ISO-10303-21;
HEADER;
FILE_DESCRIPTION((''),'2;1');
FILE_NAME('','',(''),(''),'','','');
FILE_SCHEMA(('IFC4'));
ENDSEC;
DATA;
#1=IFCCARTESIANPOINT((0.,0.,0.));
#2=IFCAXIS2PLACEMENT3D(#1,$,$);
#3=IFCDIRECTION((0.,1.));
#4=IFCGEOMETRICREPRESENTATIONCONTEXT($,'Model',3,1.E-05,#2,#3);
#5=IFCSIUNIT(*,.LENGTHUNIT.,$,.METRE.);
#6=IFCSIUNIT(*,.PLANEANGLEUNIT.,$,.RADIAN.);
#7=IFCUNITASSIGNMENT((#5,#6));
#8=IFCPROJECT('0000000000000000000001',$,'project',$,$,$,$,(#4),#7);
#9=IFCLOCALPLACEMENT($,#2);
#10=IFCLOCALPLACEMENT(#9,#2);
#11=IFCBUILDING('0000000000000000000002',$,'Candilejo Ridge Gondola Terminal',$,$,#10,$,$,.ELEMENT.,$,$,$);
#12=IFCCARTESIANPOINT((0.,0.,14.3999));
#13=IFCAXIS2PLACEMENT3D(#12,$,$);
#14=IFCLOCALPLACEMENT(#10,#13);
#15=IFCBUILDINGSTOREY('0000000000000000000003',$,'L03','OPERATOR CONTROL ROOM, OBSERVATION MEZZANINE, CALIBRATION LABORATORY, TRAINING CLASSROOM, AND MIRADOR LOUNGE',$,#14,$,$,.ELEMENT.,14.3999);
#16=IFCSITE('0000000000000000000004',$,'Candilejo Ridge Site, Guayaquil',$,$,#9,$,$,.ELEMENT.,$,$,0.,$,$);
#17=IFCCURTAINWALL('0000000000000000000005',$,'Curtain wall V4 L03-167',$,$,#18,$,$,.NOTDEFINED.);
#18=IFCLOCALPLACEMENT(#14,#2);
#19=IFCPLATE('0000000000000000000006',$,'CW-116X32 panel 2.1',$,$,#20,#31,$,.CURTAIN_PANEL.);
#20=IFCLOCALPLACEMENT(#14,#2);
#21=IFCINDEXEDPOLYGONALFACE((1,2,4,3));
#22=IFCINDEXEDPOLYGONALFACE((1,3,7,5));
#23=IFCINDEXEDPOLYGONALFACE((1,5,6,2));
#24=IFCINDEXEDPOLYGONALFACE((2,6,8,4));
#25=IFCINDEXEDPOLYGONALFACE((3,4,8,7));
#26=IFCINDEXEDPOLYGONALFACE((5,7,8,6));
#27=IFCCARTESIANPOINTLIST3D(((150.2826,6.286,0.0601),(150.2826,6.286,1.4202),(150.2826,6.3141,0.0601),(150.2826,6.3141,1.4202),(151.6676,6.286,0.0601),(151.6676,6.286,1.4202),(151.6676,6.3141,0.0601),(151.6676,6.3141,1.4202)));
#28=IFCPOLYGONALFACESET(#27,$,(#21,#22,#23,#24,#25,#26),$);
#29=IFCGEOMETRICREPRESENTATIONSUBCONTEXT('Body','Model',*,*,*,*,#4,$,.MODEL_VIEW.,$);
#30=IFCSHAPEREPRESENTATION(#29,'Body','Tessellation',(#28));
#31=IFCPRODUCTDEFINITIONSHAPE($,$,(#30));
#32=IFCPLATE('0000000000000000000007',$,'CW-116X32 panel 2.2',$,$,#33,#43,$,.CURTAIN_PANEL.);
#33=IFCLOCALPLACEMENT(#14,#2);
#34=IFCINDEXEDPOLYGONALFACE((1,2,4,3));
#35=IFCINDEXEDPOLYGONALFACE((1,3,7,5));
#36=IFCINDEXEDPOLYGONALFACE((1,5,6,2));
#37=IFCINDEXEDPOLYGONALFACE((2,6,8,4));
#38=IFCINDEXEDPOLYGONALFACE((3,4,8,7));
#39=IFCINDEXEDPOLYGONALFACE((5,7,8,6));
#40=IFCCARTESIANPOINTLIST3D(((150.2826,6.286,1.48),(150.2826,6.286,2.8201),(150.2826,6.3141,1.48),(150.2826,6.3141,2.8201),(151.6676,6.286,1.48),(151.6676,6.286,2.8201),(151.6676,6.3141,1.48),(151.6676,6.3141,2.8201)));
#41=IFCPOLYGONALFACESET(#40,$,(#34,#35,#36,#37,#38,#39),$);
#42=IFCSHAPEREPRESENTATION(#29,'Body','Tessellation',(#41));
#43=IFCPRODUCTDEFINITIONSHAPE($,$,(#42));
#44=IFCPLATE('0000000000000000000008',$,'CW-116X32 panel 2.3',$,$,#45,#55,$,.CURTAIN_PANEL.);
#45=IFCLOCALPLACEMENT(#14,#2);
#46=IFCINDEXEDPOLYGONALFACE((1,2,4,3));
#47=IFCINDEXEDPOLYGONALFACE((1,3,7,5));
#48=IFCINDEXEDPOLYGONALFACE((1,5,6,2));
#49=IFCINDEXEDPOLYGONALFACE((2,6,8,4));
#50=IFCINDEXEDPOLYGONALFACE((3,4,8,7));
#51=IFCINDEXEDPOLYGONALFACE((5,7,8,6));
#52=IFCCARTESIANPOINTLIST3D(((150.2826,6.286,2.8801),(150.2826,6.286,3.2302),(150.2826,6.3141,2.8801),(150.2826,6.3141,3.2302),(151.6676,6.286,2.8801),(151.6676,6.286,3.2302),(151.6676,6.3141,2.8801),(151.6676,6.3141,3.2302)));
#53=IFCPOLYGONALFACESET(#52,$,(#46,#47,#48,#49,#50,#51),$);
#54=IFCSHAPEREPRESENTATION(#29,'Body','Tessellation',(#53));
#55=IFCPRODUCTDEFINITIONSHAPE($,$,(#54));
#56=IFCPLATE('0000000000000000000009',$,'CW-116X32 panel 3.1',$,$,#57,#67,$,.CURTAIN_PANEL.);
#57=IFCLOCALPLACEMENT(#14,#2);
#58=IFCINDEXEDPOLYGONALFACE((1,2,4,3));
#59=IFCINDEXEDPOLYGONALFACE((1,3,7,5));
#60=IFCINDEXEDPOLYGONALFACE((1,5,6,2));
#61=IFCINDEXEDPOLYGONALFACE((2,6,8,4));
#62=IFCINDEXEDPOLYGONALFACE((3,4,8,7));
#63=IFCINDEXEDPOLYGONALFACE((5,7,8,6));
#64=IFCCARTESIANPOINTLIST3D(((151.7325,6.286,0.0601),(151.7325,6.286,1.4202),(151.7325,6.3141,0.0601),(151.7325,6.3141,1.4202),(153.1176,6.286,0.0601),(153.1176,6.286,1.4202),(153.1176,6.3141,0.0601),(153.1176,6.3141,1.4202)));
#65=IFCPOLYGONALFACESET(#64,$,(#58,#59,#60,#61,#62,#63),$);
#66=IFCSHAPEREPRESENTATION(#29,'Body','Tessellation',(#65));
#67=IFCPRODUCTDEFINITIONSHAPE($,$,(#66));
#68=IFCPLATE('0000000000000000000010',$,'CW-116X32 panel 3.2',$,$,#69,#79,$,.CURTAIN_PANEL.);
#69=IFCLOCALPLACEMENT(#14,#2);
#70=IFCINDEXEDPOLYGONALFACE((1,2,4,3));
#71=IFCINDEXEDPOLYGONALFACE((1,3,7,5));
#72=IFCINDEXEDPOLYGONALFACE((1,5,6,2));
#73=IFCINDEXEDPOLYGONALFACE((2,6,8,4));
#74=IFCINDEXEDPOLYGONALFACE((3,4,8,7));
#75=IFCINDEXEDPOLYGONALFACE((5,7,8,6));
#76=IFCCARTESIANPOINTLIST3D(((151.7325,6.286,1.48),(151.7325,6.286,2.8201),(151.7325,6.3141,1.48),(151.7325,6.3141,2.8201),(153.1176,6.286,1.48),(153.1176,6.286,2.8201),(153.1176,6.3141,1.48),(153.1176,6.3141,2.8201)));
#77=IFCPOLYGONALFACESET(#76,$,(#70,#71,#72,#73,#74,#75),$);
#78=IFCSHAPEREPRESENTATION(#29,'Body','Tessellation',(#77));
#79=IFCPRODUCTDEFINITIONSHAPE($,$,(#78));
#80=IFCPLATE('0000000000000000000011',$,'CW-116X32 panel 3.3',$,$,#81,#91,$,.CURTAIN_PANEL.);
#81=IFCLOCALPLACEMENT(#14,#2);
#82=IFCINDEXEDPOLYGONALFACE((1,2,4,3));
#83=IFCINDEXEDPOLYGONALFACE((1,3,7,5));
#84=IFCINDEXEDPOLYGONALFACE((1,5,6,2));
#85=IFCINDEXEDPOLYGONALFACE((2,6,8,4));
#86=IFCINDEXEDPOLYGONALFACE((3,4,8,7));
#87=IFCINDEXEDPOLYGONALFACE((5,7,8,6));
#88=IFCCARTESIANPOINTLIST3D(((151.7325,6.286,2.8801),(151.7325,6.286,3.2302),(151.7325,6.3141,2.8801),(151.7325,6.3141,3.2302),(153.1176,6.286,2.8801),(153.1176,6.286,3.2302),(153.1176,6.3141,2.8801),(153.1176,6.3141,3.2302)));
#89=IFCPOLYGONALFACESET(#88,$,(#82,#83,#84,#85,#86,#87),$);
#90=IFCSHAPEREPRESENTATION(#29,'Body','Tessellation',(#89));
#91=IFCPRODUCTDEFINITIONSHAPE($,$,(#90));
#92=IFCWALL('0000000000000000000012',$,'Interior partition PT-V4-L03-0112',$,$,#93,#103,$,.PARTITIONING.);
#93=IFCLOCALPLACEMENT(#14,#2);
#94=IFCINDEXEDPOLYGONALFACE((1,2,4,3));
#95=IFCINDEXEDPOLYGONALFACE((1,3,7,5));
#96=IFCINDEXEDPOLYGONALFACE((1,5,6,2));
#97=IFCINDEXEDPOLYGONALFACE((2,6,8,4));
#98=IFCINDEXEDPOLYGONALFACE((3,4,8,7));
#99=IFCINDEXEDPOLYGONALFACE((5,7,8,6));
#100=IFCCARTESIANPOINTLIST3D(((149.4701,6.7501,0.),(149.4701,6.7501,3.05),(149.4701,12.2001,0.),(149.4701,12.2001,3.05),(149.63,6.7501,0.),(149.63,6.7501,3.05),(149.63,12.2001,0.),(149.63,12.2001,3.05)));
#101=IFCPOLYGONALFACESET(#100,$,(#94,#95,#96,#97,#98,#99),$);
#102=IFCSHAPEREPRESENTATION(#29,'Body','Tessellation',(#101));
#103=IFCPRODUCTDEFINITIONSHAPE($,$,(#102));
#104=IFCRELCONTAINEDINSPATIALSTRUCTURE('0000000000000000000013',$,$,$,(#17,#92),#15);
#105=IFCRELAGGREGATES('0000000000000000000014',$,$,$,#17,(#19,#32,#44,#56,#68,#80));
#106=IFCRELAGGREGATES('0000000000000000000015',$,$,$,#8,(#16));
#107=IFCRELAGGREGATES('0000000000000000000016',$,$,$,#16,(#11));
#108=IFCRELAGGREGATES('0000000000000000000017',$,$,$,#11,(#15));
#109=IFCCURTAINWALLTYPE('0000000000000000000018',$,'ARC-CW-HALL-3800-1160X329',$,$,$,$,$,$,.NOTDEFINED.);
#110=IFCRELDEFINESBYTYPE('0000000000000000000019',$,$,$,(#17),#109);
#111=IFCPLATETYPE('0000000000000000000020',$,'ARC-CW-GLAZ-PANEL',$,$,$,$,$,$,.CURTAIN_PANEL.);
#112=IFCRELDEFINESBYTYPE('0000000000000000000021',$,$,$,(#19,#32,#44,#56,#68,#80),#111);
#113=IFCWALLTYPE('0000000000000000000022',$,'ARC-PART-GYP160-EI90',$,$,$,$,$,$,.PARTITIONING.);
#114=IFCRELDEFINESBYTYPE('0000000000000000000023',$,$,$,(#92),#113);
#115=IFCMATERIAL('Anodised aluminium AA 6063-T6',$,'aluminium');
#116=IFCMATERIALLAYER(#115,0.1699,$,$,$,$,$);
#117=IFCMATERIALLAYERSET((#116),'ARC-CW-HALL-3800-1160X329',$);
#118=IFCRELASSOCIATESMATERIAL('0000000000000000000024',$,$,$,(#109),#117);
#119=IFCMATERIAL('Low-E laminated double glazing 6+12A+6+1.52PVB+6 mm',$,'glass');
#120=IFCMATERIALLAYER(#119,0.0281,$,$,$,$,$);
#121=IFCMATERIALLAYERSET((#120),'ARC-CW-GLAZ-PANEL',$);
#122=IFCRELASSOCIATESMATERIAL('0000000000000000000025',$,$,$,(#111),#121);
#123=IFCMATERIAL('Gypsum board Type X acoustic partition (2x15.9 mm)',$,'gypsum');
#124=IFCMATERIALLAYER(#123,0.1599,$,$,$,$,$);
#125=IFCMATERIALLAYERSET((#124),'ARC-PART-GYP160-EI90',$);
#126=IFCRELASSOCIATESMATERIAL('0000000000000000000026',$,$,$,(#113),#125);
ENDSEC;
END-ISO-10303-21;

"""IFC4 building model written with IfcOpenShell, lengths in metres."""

from ifc_helpers import new_model, si_unit, direction, frame, frame_2d, origin, origin_2d, place, context, subcontext, project, spatial, rectangle, extrude, material, layer, layer_set, type_object, element, aggregate, save


model = new_model("IFC4")

# Units and contexts
model_context = context("Model", 3, precision=1e-05, world=origin(), true_north=direction((0.0, 1.0)))
body_context = subcontext(model_context, "Body", "Model", "MODEL_VIEW")
ifc_project = project(units=[si_unit("LENGTHUNIT", "METRE"), si_unit("PLANEANGLEUNIT", "RADIAN")], contexts=[model_context])

# Site, building, storey
site_placement = place(None, origin())
site = spatial("IfcSite", under=ifc_project, at=site_placement, Name="Candilejo Ridge Site, Guayaquil", CompositionType="ELEMENT", RefElevation=0.0)
building_placement = place(site_placement, origin())
building = spatial("IfcBuilding", under=site, at=building_placement, Name="Candilejo Ridge Gondola Terminal", CompositionType="ELEMENT")
storey_placement = place(building_placement, frame((0.0, 0.0, 14.3999)))
storey = spatial("IfcBuildingStorey", under=building, at=storey_placement, Name="L03", Description="OPERATOR CONTROL ROOM, OBSERVATION MEZZANINE, CALIBRATION LABORATORY, TRAINING CLASSROOM, AND MIRADOR LOUNGE", CompositionType="ELEMENT", Elevation=14.3999)

# Curtain wall, plates
ifc_material_1 = material(Name="Anodised aluminium AA 6063-T6", Category="aluminium")
ifc_layer_1 = layer(ifc_material_1, 0.1699)
ifc_layer_set_1 = layer_set([ifc_layer_1], Name="ARC-CW-HALL-3800-1160X329")
curtain_wall_type = type_object("IfcCurtainWallType", Name="ARC-CW-HALL-3800-1160X329", PredefinedType="NOTDEFINED", material=ifc_layer_set_1)
curtain_wall_placement = place(storey_placement, origin())
curtain_wall = element("IfcCurtainWall", 1, at=curtain_wall_placement, inside=storey, type_object=curtain_wall_type, Name="Curtain wall V4 L03-167", PredefinedType="NOTDEFINED")
ifc_material_2 = material(Name="Low-E laminated double glazing 6+12A+6+1.52PVB+6 mm", Category="glass")
ifc_layer_2 = layer(ifc_material_2, 0.0281)
ifc_layer_set_2 = layer_set([ifc_layer_2], Name="ARC-CW-GLAZ-PANEL")
plate_type = type_object("IfcPlateType", Name="ARC-CW-GLAZ-PANEL", PredefinedType="CURTAIN_PANEL", material=ifc_layer_set_2)
plate_1_placement = place(storey_placement, frame((150.9751, 6.3, 0.0601), z_axis=(0.0, 0.0, 1.0), x_axis=(1.0, 0.0, 0.0)))
plate_1 = element("IfcPlate", 2, at=plate_1_placement, type_object=plate_type, Name="CW-116X32 panel 2.1", PredefinedType="CURTAIN_PANEL", context=body_context, shape_type="SweptSolid", body=[
    extrude(rectangle(XDim=1.385, YDim=0.0281, at=origin_2d()), origin(), (0.0, 0.0, 1.0), 1.3601),
])
plate_2_placement = place(storey_placement, frame((150.9751, 6.3, 1.48), z_axis=(0.0, 0.0, 1.0), x_axis=(1.0, 0.0, 0.0)))
plate_2 = element("IfcPlate", 3, at=plate_2_placement, type_object=plate_type, Name="CW-116X32 panel 2.2", PredefinedType="CURTAIN_PANEL", context=body_context, shape_type="SweptSolid", body=[
    extrude(rectangle(XDim=1.385, YDim=0.0281, at=origin_2d()), origin(), (0.0, 0.0, 1.0), 1.3401),
])
plate_3_placement = place(storey_placement, frame((150.9751, 6.3, 2.8801), z_axis=(0.0, 0.0, 1.0), x_axis=(1.0, 0.0, 0.0)))
plate_3 = element("IfcPlate", 4, at=plate_3_placement, type_object=plate_type, Name="CW-116X32 panel 2.3", PredefinedType="CURTAIN_PANEL", context=body_context, shape_type="SweptSolid", body=[
    extrude(rectangle(XDim=1.385, YDim=0.0281, at=origin_2d()), origin(), (0.0, 0.0, 1.0), 0.3501),
])
plate_4_placement = place(storey_placement, frame((152.425, 6.3, 0.0601), z_axis=(0.0, 0.0, 1.0), x_axis=(1.0, 0.0, 0.0)))
plate_4 = element("IfcPlate", 5, at=plate_4_placement, type_object=plate_type, Name="CW-116X32 panel 3.1", PredefinedType="CURTAIN_PANEL", context=body_context, shape_type="SweptSolid", body=[
    extrude(rectangle(XDim=1.385, YDim=0.0281, at=origin_2d()), origin(), (0.0, 0.0, 1.0), 1.3601),
])
plate_5_placement = place(storey_placement, frame((152.425, 6.3, 1.48), z_axis=(0.0, 0.0, 1.0), x_axis=(1.0, 0.0, 0.0)))
plate_5 = element("IfcPlate", 6, at=plate_5_placement, type_object=plate_type, Name="CW-116X32 panel 3.2", PredefinedType="CURTAIN_PANEL", context=body_context, shape_type="SweptSolid", body=[
    extrude(rectangle(XDim=1.385, YDim=0.0281, at=origin_2d()), origin(), (0.0, 0.0, 1.0), 1.3401),
])
plate_6_placement = place(storey_placement, frame((152.425, 6.3, 2.8801), z_axis=(0.0, 0.0, 1.0), x_axis=(1.0, 0.0, 0.0)))
plate_6 = element("IfcPlate", 7, at=plate_6_placement, type_object=plate_type, Name="CW-116X32 panel 3.3", PredefinedType="CURTAIN_PANEL", context=body_context, shape_type="SweptSolid", body=[
    extrude(rectangle(XDim=1.385, YDim=0.0281, at=origin_2d()), origin(), (0.0, 0.0, 1.0), 0.3501),
])
aggregate(curtain_wall, [plate_1, plate_2, plate_3, plate_4, plate_5, plate_6])

# Wall
ifc_material_3 = material(Name="Gypsum board Type X acoustic partition (2x15.9 mm)", Category="gypsum")
ifc_layer_3 = layer(ifc_material_3, 0.1599)
ifc_layer_set_3 = layer_set([ifc_layer_3], Name="ARC-PART-GYP160-EI90")
wall_type = type_object("IfcWallType", Name="ARC-PART-GYP160-EI90", PredefinedType="PARTITIONING", material=ifc_layer_set_3)
wall_placement = place(storey_placement, frame((149.55, 6.75, 0.0), z_axis=(0.0, 0.0, 1.0), x_axis=(0.0, 1.0, 0.0)))
element("IfcWall", 8, at=wall_placement, inside=storey, type_object=wall_type, Name="Interior partition PT-V4-L03-0112", PredefinedType="PARTITIONING", context=body_context, shape_type="SweptSolid", body=[
    extrude(rectangle(XDim=5.45, YDim=0.1599, at=frame_2d((2.7251, 0.0))), origin(), (0.0, 0.0, 1.0), 3.05),
])

save(model, "model.ifc")
